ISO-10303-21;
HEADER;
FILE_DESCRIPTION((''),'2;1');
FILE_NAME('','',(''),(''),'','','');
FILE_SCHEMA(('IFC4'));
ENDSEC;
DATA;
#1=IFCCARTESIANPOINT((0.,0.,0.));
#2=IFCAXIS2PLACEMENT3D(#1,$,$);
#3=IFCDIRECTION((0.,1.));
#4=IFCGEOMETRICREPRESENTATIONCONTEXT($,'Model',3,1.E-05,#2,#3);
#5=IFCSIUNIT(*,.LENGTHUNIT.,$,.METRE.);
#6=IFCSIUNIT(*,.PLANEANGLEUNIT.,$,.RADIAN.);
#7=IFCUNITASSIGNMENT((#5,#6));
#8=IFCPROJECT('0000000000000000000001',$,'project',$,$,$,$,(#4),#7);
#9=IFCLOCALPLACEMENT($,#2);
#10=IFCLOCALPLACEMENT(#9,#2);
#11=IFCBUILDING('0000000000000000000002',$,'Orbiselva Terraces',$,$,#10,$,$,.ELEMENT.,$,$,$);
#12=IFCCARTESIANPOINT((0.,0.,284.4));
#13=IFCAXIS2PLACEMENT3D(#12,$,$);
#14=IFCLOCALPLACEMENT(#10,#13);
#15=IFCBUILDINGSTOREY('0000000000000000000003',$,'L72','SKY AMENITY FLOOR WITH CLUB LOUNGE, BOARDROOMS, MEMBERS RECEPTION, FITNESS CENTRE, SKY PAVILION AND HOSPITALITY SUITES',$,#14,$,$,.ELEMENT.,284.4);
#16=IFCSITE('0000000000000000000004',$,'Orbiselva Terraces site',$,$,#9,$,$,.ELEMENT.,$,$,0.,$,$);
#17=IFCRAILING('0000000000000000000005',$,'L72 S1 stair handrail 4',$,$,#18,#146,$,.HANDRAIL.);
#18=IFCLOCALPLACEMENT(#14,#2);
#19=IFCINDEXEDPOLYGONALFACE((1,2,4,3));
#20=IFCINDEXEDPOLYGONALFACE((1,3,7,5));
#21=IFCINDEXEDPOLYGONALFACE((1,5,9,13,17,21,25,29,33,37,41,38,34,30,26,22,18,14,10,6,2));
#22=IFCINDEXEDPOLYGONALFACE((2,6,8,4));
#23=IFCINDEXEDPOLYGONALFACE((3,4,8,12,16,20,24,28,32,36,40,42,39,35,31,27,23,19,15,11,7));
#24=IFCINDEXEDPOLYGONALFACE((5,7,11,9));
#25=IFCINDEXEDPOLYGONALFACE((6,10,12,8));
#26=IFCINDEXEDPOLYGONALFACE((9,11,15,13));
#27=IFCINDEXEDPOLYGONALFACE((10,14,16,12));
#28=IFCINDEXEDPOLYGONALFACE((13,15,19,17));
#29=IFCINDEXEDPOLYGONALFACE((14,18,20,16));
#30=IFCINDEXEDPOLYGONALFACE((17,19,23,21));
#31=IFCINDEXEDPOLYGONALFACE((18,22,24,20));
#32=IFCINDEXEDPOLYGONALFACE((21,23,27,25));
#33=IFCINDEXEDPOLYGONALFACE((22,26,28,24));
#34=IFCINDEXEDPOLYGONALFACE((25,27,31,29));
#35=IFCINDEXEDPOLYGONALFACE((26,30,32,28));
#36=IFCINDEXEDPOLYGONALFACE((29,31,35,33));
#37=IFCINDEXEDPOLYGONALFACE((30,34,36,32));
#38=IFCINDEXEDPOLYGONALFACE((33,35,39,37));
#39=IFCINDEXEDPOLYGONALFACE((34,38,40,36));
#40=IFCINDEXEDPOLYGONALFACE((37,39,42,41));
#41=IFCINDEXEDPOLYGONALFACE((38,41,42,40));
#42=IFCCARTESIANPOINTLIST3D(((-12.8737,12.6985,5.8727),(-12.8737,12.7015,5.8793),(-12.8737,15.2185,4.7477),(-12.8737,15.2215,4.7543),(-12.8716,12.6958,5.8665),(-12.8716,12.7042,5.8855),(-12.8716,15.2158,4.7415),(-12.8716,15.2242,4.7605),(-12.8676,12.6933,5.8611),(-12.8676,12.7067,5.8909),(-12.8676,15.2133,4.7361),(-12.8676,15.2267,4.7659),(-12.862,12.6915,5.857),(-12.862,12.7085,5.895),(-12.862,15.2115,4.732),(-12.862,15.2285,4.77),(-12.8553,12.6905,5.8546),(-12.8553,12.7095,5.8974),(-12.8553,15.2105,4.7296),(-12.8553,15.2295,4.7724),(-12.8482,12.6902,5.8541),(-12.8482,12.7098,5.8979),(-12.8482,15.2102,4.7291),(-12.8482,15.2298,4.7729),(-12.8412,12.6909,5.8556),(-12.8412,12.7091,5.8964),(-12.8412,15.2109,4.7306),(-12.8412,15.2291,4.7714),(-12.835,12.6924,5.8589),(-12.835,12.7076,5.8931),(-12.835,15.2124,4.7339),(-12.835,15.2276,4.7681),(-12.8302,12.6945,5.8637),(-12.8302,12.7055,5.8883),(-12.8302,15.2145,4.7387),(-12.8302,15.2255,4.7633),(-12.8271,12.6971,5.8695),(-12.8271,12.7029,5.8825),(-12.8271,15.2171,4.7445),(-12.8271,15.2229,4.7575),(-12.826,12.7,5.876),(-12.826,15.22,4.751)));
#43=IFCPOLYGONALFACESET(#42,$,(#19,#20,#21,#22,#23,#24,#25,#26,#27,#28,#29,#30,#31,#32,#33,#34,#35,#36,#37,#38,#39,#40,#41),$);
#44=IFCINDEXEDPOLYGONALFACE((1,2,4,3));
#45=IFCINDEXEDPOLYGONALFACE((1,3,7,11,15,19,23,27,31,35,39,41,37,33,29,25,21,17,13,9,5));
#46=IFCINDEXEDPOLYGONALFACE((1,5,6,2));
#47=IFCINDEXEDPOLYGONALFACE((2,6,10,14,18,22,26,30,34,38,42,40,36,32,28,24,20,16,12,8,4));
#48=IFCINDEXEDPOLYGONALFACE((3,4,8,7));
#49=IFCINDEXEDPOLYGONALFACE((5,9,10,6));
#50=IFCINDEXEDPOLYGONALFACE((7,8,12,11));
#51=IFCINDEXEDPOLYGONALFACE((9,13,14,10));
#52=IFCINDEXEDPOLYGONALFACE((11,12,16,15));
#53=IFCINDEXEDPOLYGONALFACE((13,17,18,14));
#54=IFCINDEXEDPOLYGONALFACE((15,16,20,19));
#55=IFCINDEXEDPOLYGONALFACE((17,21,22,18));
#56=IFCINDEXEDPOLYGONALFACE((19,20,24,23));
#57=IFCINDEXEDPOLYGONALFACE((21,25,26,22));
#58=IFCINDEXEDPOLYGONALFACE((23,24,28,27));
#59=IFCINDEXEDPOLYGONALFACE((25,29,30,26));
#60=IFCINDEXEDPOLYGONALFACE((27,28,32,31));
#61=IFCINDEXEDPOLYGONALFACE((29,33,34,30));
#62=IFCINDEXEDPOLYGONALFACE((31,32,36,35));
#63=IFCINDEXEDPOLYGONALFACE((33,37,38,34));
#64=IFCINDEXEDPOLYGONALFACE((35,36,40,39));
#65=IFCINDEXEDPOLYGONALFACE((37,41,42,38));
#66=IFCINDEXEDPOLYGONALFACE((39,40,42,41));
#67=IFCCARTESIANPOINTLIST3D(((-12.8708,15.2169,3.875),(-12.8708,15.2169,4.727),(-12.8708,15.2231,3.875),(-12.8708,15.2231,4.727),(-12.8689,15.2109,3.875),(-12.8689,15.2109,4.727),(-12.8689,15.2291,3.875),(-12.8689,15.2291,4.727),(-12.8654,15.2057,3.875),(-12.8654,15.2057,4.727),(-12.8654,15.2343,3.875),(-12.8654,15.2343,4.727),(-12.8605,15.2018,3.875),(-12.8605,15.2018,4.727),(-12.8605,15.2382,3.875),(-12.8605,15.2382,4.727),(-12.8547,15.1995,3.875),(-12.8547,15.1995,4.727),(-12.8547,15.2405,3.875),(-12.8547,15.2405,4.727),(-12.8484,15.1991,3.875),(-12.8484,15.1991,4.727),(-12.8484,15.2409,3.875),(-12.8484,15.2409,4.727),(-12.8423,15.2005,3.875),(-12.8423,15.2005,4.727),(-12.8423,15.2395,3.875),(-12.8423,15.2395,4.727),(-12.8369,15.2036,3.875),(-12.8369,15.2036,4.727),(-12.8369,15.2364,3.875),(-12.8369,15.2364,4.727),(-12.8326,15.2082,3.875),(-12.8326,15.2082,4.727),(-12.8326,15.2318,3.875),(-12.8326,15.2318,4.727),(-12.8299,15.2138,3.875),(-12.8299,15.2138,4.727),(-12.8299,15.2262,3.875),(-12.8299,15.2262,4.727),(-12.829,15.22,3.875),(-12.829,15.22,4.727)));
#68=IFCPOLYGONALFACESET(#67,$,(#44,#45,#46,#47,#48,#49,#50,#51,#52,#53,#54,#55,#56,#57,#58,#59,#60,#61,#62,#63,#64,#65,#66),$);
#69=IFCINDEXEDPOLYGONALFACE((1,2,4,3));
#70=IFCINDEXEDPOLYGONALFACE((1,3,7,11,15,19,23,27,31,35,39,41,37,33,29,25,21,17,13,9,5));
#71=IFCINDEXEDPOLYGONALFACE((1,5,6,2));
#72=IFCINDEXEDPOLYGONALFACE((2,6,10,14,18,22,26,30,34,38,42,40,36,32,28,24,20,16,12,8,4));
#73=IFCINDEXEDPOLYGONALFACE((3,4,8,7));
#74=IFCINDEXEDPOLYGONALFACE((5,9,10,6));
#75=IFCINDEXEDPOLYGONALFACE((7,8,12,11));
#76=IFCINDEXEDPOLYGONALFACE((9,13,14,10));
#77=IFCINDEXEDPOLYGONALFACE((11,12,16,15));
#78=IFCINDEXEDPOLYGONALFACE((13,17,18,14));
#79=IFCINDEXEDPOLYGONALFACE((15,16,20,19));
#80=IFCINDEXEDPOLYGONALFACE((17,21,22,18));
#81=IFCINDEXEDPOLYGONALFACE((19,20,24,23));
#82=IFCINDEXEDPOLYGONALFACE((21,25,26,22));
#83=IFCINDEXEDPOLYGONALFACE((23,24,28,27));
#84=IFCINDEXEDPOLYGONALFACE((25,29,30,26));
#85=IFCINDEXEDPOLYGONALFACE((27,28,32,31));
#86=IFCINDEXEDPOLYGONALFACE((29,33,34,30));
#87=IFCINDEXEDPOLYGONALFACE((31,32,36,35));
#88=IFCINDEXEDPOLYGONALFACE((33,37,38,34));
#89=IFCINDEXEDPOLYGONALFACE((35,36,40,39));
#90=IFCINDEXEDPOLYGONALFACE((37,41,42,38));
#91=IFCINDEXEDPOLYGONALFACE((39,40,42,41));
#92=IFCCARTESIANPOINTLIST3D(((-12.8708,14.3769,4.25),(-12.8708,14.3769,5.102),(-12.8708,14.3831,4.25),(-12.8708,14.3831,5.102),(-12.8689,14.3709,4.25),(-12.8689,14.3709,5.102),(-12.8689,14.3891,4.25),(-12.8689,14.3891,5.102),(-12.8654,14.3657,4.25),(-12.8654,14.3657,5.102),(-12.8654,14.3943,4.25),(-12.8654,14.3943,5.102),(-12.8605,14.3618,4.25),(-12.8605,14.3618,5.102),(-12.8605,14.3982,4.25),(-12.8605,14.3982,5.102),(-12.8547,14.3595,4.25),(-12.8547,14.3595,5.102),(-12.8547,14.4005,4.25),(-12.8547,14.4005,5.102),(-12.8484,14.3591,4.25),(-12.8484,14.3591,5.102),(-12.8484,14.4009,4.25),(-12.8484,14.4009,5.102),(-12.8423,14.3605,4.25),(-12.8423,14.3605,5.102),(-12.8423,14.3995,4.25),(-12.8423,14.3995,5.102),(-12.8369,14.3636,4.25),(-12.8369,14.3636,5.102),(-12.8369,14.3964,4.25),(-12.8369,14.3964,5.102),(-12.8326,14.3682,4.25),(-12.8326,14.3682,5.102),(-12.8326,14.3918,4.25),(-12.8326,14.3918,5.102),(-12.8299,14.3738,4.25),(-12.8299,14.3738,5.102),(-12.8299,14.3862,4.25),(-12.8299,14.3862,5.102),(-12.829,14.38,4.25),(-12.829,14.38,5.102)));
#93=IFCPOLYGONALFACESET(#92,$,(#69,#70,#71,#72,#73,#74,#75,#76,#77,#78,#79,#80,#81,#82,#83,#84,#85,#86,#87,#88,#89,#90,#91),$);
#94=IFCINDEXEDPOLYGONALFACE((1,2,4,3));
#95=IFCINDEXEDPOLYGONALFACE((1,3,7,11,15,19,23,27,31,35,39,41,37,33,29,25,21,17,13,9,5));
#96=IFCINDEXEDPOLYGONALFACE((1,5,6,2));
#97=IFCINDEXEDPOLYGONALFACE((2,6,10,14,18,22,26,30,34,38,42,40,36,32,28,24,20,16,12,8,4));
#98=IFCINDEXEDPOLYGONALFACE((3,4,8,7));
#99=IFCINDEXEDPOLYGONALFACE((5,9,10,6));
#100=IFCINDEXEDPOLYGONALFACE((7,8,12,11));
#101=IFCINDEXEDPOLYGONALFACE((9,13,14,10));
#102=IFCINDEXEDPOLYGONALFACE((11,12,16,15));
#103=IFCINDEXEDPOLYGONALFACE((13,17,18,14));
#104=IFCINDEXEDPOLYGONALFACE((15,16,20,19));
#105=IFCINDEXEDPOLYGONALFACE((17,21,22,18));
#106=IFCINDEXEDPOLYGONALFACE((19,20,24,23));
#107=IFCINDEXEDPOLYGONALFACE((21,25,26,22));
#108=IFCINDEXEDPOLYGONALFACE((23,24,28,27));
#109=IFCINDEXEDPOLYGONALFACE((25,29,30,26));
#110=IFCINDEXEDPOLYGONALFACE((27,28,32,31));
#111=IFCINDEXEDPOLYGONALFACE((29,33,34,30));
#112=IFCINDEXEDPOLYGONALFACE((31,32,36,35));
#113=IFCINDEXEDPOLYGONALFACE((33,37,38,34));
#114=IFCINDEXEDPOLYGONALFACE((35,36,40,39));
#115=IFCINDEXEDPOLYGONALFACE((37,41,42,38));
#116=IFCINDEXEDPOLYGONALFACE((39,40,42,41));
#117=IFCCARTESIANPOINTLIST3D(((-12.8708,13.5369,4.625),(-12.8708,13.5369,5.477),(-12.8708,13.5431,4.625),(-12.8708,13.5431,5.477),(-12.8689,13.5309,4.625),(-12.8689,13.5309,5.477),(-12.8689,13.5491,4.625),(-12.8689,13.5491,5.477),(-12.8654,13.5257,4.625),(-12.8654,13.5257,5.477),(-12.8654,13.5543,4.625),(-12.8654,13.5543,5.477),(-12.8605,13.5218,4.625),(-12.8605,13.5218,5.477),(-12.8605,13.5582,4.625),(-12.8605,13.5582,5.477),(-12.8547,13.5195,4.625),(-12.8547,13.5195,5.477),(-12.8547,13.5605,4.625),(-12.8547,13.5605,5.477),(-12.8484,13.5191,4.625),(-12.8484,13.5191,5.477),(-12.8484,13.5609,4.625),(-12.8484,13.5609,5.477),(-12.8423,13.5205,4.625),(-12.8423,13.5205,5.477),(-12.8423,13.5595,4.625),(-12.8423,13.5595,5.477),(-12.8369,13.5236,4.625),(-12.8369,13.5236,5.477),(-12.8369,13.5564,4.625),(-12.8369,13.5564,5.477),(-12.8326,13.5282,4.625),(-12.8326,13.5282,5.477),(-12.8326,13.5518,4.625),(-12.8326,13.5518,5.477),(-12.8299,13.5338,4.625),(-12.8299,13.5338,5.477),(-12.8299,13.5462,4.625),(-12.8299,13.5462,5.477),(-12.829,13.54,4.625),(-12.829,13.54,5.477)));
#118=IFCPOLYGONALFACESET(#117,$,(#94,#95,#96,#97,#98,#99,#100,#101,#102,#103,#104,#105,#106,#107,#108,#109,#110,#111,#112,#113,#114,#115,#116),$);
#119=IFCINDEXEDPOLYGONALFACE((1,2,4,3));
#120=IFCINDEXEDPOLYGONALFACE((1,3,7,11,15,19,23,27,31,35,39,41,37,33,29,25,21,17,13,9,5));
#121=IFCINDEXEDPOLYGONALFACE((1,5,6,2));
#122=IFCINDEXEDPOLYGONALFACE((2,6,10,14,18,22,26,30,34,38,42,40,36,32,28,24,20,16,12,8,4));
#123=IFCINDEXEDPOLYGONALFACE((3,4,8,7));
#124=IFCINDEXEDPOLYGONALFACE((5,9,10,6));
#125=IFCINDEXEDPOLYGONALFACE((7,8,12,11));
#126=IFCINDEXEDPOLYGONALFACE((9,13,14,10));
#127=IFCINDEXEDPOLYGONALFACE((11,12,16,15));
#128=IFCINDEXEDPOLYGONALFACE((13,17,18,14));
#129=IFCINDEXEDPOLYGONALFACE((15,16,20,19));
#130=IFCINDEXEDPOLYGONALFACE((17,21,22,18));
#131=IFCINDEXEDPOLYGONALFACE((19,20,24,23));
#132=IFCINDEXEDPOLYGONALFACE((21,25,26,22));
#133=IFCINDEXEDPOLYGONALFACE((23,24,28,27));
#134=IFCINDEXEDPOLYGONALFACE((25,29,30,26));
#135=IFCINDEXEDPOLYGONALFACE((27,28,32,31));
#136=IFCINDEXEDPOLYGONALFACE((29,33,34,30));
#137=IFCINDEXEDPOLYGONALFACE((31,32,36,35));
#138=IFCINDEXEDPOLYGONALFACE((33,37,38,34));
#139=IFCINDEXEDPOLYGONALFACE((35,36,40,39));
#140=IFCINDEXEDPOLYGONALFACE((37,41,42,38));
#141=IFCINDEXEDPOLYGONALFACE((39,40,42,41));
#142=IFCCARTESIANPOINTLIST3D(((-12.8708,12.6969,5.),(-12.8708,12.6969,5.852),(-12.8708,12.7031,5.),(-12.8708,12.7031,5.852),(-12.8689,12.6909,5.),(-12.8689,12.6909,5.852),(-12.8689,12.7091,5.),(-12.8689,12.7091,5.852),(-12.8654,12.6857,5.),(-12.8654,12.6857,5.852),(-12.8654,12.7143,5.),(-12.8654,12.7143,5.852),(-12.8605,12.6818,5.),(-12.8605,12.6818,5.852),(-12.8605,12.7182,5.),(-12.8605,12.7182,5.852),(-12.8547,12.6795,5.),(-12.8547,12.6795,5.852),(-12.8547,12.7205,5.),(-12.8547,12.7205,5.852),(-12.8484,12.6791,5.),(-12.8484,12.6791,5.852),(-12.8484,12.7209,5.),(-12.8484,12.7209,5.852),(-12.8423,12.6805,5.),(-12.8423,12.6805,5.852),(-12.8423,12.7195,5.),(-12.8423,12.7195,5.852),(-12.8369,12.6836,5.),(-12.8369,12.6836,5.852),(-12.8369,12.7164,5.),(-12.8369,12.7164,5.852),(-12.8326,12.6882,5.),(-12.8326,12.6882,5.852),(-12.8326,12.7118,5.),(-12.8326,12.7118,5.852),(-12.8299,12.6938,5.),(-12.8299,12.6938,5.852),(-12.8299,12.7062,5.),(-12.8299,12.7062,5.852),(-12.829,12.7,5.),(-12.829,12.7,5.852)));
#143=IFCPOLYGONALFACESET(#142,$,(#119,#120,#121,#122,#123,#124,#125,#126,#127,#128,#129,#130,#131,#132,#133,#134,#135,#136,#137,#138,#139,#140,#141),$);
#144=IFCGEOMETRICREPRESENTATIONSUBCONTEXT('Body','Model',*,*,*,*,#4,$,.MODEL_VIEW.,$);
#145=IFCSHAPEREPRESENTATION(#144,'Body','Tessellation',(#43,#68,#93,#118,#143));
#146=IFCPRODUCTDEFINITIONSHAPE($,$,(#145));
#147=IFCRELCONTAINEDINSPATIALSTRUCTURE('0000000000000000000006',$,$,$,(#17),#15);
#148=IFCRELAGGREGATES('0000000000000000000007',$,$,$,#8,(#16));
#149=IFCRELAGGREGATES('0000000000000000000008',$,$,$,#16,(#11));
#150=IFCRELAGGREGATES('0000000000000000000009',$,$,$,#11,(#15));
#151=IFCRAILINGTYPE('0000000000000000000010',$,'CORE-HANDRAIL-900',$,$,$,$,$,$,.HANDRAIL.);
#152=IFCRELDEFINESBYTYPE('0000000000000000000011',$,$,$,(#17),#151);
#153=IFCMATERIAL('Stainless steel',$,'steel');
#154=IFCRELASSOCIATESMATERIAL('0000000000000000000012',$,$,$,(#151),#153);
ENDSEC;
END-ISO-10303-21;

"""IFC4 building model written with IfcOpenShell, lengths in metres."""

from ifc_helpers import new_model, si_unit, direction, frame, origin, origin_2d, place, context, subcontext, project, spatial, circle, extrude, material, type_object, element, save


model = new_model("IFC4")

# Units and contexts
model_context = context("Model", 3, precision=1e-05, world=origin(), true_north=direction((0.0, 1.0)))
body_context = subcontext(model_context, "Body", "Model", "MODEL_VIEW")
ifc_project = project(units=[si_unit("LENGTHUNIT", "METRE"), si_unit("PLANEANGLEUNIT", "RADIAN")], contexts=[model_context])

# Site, building, storey
site_placement = place(None, origin())
site = spatial("IfcSite", under=ifc_project, at=site_placement, Name="Orbiselva Terraces site", CompositionType="ELEMENT", RefElevation=0.0)
building_placement = place(site_placement, origin())
building = spatial("IfcBuilding", under=site, at=building_placement, Name="Orbiselva Terraces", CompositionType="ELEMENT")
storey_placement = place(building_placement, frame((0.0, 0.0, 284.4)))
storey = spatial("IfcBuildingStorey", under=building, at=storey_placement, Name="L72", Description="SKY AMENITY FLOOR WITH CLUB LOUNGE, BOARDROOMS, MEMBERS RECEPTION, FITNESS CENTRE, SKY PAVILION AND HOSPITALITY SUITES", CompositionType="ELEMENT", Elevation=284.4)

# Railing
ifc_material_1 = material(Name="Stainless steel", Category="steel")
railing_type_1 = type_object("IfcRailingType", Name="CORE-HANDRAIL-900", PredefinedType="HANDRAIL", material=ifc_material_1)
railing_1_placement = place(storey_placement, frame((-12.85, 15.22, 3.875)))
element("IfcRailing", 1, at=railing_1_placement, inside=storey, type_object=railing_type_1, Name="L72 S1 stair handrail 4", PredefinedType="HANDRAIL", context=body_context, shape_type="SweptSolid", body=[
    extrude(circle(Radius=0.024, at=origin_2d()), frame((0.0, 0.0, 0.876), z_axis=(0.0, -0.913138, 0.407651), x_axis=(1.0, 0.0, 0.0)), (0.0, 0.0, 1.0), 2.7597),
    extrude(circle(Radius=0.021, at=origin_2d()), origin(), (0.0, 0.0, 1.0), 0.852),
    extrude(circle(Radius=0.021, at=origin_2d()), frame((0.0, -0.84, 0.375)), (0.0, 0.0, 1.0), 0.852),
    extrude(circle(Radius=0.021, at=origin_2d()), frame((0.0, -1.68, 0.75)), (0.0, 0.0, 1.0), 0.852),
    extrude(circle(Radius=0.021, at=origin_2d()), frame((0.0, -2.52, 1.125)), (0.0, 0.0, 1.0), 0.852),
])

save(model, "model.ifc")
